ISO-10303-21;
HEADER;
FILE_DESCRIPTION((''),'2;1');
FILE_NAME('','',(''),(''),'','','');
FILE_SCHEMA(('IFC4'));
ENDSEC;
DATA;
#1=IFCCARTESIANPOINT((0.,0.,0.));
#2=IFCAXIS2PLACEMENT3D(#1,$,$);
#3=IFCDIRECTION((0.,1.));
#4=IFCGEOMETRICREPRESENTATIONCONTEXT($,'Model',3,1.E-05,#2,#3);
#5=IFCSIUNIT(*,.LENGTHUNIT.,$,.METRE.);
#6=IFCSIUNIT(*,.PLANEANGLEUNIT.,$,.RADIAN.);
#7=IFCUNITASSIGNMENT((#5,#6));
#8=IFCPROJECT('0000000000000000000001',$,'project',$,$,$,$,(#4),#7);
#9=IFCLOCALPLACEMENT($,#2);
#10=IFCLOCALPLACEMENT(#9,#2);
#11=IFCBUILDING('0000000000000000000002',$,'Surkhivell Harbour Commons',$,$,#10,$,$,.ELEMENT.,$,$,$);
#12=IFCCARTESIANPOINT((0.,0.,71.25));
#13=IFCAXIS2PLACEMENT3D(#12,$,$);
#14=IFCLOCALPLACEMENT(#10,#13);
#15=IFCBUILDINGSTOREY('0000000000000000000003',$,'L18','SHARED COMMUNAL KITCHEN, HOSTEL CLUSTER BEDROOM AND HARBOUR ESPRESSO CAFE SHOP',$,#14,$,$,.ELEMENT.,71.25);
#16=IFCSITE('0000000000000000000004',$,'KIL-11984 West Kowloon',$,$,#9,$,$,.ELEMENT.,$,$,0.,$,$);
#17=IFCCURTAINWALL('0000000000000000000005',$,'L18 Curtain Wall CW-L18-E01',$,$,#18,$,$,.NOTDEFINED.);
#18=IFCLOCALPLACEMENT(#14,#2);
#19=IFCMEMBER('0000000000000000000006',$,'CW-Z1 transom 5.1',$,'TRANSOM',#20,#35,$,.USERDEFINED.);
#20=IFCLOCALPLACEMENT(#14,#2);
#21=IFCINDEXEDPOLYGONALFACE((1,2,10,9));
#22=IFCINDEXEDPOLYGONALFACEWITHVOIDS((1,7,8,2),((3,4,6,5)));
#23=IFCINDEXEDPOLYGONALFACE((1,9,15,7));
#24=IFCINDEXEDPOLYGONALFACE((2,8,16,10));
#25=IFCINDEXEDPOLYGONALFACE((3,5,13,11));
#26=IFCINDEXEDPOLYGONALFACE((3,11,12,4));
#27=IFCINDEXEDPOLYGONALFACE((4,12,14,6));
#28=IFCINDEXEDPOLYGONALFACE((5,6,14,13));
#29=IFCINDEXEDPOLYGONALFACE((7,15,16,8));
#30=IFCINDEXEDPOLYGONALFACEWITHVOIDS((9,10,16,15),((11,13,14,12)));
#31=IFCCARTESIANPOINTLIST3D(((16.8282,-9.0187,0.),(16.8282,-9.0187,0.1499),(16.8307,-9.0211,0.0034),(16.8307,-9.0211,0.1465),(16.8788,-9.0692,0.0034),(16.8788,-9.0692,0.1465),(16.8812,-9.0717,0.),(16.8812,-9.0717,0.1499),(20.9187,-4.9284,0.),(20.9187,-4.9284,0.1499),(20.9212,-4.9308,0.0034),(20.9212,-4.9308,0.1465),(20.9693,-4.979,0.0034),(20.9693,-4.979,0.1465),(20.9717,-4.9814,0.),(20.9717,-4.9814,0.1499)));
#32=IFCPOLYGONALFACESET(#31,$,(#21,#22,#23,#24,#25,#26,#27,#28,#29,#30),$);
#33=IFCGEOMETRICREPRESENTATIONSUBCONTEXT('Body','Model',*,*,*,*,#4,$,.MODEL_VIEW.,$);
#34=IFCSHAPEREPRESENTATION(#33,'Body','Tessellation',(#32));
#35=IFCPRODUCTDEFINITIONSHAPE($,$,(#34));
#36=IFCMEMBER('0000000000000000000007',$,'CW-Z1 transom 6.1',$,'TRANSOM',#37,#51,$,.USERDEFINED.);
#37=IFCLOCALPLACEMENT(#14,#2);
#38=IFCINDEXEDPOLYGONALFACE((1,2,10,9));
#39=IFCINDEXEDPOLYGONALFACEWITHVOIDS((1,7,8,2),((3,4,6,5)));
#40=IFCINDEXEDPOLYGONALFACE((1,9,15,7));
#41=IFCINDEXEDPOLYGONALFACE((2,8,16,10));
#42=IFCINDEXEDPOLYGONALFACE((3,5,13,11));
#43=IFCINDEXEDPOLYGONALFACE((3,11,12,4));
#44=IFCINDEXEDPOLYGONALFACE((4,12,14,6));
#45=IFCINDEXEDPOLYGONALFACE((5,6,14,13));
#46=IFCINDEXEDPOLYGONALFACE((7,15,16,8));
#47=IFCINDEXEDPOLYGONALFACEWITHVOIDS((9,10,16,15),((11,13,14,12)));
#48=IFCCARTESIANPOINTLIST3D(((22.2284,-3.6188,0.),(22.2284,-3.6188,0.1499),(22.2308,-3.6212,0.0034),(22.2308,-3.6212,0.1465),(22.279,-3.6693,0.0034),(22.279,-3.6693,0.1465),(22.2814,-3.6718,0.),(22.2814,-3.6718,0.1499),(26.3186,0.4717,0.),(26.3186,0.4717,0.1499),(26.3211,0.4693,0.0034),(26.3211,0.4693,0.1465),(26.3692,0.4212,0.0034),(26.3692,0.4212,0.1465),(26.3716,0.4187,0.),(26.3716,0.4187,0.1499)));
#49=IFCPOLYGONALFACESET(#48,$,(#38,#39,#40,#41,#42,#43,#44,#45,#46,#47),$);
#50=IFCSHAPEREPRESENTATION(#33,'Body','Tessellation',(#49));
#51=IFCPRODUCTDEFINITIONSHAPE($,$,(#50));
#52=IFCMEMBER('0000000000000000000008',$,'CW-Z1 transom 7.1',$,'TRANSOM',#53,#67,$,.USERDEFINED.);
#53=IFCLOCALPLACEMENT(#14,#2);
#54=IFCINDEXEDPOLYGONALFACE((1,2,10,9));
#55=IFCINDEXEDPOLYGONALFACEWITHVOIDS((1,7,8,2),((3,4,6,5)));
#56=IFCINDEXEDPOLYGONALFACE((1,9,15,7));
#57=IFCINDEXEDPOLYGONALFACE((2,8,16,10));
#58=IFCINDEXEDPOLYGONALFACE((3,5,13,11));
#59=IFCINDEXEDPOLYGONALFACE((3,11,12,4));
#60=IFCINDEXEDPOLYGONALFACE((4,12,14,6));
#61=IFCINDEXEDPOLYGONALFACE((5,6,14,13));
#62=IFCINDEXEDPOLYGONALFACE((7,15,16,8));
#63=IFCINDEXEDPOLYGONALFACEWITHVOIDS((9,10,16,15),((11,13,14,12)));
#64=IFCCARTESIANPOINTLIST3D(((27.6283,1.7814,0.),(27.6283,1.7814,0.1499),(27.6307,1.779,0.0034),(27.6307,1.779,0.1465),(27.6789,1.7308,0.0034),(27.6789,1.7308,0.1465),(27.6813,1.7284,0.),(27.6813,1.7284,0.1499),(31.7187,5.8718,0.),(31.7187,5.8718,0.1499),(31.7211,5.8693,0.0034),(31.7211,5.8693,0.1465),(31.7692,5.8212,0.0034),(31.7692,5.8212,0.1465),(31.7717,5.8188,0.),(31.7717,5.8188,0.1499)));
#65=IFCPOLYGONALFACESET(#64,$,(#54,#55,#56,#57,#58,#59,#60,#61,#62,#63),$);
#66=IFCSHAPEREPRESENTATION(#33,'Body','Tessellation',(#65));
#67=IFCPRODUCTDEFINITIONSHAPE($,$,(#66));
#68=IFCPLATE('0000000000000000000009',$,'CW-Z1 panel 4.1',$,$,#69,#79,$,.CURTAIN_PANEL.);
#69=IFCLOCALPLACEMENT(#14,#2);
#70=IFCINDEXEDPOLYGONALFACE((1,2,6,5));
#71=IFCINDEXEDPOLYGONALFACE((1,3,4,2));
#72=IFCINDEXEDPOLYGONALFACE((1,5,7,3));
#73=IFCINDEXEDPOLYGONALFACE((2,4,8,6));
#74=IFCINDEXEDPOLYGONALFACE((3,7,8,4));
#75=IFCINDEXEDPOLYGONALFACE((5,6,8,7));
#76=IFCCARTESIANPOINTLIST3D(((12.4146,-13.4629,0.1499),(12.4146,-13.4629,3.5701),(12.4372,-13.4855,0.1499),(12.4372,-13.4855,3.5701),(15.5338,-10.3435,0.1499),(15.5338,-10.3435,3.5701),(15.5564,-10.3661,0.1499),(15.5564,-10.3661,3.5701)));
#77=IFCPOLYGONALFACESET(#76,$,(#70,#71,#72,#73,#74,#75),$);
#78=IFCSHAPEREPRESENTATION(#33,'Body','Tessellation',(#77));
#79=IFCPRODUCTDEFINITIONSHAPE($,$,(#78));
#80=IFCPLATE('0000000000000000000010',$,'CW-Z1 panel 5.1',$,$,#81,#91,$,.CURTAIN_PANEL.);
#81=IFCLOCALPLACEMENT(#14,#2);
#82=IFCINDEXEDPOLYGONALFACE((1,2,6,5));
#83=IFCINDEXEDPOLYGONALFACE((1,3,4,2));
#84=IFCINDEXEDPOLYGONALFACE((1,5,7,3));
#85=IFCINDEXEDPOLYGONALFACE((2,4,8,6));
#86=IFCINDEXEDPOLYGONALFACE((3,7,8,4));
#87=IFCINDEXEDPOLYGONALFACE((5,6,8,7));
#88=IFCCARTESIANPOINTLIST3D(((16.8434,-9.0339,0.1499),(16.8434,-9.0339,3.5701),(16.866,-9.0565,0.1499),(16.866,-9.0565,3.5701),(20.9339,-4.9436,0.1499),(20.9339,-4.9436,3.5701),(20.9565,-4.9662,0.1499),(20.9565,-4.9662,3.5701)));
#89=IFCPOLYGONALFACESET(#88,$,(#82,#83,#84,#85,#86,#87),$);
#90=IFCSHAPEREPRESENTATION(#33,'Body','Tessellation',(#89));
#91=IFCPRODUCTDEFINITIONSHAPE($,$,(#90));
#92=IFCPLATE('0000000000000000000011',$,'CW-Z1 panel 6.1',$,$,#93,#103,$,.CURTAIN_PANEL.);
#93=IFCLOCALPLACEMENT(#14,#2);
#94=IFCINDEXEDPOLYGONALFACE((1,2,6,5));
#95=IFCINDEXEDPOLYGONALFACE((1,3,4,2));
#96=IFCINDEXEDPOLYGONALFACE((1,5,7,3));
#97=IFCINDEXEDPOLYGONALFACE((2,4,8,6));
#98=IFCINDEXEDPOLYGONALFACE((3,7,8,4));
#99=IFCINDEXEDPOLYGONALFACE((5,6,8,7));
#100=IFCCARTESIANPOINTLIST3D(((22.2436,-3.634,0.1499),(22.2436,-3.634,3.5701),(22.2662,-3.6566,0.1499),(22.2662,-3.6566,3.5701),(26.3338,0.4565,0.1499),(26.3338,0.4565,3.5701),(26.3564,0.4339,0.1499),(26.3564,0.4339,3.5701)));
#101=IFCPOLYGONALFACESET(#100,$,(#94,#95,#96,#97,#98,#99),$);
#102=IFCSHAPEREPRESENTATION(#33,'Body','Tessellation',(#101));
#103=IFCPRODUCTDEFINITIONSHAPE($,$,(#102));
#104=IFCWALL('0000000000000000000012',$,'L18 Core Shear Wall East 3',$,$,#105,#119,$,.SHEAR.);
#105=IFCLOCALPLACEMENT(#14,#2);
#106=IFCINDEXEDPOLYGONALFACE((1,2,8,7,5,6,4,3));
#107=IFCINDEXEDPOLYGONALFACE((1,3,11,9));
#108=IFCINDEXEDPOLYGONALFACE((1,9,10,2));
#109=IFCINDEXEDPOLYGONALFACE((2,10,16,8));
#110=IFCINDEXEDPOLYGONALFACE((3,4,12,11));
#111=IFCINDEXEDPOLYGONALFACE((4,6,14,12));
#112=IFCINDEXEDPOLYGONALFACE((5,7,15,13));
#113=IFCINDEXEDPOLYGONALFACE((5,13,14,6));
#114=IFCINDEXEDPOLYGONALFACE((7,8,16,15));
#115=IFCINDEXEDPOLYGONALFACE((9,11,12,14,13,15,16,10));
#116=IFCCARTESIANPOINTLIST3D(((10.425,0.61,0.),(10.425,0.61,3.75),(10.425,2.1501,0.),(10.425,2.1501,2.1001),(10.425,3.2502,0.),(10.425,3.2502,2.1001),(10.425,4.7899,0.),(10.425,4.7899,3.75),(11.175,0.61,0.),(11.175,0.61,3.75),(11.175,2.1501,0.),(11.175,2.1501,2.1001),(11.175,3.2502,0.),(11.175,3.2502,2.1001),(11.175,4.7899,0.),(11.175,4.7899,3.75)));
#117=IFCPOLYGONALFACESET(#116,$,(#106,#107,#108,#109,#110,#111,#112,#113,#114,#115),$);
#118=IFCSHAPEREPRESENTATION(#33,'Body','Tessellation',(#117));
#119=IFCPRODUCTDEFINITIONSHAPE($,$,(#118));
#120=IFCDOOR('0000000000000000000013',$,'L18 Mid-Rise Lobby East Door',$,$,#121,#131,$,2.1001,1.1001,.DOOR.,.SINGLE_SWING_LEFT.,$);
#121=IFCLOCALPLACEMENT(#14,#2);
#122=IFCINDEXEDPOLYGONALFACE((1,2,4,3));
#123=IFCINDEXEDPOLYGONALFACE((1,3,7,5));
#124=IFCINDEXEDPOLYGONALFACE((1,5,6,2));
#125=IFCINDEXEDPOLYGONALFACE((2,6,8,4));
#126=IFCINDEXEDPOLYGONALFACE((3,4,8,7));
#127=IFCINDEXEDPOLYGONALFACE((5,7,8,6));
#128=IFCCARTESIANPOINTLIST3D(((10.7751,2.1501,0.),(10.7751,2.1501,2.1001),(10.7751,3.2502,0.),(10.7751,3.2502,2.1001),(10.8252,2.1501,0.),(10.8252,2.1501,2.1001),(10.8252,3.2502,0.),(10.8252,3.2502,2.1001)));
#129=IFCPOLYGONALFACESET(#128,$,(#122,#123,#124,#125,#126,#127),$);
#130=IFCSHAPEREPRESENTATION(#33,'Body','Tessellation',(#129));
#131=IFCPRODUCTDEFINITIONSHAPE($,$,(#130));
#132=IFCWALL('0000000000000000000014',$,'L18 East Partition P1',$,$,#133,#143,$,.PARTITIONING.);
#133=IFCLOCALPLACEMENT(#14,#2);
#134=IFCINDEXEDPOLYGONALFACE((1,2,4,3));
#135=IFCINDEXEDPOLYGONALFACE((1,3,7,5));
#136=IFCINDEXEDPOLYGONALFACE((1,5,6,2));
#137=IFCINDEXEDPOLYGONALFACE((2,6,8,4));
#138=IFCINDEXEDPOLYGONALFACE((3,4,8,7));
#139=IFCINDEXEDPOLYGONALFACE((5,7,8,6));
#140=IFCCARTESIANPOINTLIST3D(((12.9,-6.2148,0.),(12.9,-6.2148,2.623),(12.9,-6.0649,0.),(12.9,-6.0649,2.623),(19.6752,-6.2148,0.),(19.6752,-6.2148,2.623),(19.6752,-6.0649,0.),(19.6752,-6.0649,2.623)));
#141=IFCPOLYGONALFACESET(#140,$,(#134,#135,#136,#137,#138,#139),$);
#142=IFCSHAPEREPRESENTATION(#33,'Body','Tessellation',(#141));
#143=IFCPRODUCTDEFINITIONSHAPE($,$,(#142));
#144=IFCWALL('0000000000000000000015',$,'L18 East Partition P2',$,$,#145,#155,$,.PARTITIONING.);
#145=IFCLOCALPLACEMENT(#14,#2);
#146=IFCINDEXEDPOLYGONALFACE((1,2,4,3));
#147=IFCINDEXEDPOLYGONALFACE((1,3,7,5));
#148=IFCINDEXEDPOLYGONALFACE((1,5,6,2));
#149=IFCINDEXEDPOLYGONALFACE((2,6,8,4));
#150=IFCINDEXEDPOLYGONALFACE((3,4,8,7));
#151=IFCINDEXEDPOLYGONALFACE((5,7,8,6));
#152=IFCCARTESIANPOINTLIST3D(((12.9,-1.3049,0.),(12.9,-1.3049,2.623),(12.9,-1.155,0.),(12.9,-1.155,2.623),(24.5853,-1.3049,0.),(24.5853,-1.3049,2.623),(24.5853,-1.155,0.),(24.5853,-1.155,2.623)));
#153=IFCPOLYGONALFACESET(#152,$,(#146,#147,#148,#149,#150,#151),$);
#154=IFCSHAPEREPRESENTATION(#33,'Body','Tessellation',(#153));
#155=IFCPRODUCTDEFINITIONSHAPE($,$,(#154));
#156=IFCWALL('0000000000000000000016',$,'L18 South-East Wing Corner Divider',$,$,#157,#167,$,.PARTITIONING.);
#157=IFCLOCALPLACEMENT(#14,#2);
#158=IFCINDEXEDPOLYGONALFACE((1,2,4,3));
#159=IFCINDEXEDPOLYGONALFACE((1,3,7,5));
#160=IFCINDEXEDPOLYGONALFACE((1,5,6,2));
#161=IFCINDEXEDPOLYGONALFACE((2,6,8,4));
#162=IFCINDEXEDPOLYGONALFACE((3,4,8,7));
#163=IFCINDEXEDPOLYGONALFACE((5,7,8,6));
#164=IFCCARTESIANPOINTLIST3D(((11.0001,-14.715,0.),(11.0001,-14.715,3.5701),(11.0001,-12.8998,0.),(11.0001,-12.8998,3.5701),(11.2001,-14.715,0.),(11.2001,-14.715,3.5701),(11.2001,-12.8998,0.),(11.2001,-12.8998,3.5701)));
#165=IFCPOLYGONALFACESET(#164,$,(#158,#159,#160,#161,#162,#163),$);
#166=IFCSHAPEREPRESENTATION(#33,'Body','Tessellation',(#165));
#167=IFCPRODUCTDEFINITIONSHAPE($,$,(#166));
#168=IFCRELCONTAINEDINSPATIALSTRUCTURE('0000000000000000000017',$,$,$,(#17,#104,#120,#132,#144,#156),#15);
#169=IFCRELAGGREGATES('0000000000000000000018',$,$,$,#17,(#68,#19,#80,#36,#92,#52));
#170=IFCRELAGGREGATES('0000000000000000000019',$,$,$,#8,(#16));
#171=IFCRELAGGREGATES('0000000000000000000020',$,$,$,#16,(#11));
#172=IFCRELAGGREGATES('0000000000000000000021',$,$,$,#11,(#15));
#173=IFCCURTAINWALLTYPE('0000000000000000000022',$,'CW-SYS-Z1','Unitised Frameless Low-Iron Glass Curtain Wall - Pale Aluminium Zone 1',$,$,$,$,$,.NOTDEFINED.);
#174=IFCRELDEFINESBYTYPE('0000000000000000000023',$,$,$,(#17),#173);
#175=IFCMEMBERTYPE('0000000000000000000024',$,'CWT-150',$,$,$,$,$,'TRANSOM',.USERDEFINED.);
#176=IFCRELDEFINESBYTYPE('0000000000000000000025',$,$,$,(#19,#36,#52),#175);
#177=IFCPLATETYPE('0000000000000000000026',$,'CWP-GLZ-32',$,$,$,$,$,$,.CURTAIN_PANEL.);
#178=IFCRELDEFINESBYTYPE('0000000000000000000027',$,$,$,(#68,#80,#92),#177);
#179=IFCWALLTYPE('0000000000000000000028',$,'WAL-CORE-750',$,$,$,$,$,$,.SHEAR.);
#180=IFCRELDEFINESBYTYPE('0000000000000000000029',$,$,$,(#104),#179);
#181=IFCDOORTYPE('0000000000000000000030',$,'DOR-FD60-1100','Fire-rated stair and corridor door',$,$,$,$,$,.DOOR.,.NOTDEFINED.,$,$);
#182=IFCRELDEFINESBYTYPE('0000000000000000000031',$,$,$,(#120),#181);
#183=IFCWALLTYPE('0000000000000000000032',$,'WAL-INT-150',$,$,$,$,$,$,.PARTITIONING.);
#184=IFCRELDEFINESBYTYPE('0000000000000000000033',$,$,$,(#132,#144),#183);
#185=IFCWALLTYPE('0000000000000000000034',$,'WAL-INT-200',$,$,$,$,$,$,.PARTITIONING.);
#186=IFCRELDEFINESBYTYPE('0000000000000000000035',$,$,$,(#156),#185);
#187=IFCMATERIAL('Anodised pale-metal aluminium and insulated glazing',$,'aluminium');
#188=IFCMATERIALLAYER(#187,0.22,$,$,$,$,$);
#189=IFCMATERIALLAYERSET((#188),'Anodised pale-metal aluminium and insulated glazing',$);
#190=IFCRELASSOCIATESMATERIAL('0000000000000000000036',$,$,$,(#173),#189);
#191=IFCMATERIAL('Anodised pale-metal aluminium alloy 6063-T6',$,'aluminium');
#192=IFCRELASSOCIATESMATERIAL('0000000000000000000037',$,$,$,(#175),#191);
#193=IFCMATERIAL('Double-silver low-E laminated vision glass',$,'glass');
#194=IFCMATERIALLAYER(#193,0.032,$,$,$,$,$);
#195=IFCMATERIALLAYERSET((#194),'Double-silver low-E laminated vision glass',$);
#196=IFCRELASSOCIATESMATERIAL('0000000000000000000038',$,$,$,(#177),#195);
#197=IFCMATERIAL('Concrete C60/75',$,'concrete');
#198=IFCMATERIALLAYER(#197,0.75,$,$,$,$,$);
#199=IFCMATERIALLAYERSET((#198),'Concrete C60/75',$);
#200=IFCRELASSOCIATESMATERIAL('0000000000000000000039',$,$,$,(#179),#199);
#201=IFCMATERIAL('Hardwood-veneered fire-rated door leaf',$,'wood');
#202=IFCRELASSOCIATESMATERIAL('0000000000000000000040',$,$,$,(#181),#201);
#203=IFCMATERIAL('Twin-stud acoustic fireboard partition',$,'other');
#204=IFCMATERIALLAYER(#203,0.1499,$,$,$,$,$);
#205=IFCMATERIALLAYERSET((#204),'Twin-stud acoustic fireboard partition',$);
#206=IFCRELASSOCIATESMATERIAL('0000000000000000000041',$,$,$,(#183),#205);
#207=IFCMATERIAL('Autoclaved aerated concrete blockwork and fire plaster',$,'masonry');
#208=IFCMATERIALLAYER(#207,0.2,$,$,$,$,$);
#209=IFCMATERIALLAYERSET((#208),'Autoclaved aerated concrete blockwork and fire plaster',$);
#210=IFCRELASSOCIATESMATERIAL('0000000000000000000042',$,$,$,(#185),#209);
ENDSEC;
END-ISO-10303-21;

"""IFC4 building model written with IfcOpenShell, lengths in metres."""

from ifc_helpers import new_model, si_unit, direction, frame, frame_2d, origin, origin_2d, place, context, subcontext, project, spatial, rectangle, hollow_rectangle, extrude, material, layer, layer_set, material_profile, profile_set, type_object, element, fill, aggregate, save


model = new_model("IFC4")

# Units and contexts
model_context = context("Model", 3, precision=1e-05, world=origin(), true_north=direction((0.0, 1.0)))
body_context = subcontext(model_context, "Body", "Model", "MODEL_VIEW")
ifc_project = project(units=[si_unit("LENGTHUNIT", "METRE"), si_unit("PLANEANGLEUNIT", "RADIAN")], contexts=[model_context])

# Site, building, storey
site_placement = place(None, origin())
site = spatial("IfcSite", under=ifc_project, at=site_placement, Name="KIL-11984 West Kowloon", CompositionType="ELEMENT", RefElevation=0.0)
building_placement = place(site_placement, origin())
building = spatial("IfcBuilding", under=site, at=building_placement, Name="Surkhivell Harbour Commons", CompositionType="ELEMENT")
storey_placement = place(building_placement, frame((0.0, 0.0, 71.25)))
storey = spatial("IfcBuildingStorey", under=building, at=storey_placement, Name="L18", Description="SHARED COMMUNAL KITCHEN, HOSTEL CLUSTER BEDROOM AND HARBOUR ESPRESSO CAFE SHOP", CompositionType="ELEMENT", Elevation=71.25)

# Curtain wall, members, plates
ifc_material_1 = material(Name="Anodised pale-metal aluminium and insulated glazing", Category="aluminium")
ifc_layer_1 = layer(ifc_material_1, 0.22)
ifc_layer_set_1 = layer_set([ifc_layer_1], Name="Anodised pale-metal aluminium and insulated glazing")
curtain_wall_type = type_object("IfcCurtainWallType", Name="CW-SYS-Z1", Description="Unitised Frameless Low-Iron Glass Curtain Wall - Pale Aluminium Zone 1", PredefinedType="NOTDEFINED", material=ifc_layer_set_1)
curtain_wall_placement = place(storey_placement, origin())
curtain_wall = element("IfcCurtainWall", 1, at=curtain_wall_placement, inside=storey, type_object=curtain_wall_type, Name="L18 Curtain Wall CW-L18-E01", PredefinedType="NOTDEFINED")
ifc_material_2 = material(Name="Anodised pale-metal aluminium alloy 6063-T6", Category="aluminium")
ifc_material_profile_1 = material_profile(ifc_material_2, hollow_rectangle(XDim=0.075, YDim=0.1499, WallThickness=0.0034, at=origin_2d()), Name="ALU-TRAN-75x150")
ifc_profile_set_1 = profile_set([ifc_material_profile_1], Name="Anodised pale-metal aluminium alloy 6063-T6")
member_type_1 = type_object("IfcMemberType", Name="CWT-150", ElementType="TRANSOM", PredefinedType="USERDEFINED", material=ifc_profile_set_1)
member_1_placement = place(storey_placement, frame((16.8547, -9.0452, 0.075), z_axis=(0.707128, 0.707086, 0.0), x_axis=(-0.707086, 0.707128, 0.0)))
member_1 = element("IfcMember", 2, at=member_1_placement, type_object=member_type_1, Name="CW-Z1 transom 5.1", ObjectType="TRANSOM", PredefinedType="USERDEFINED", context=body_context, shape_type="SweptSolid", body=[
    extrude(hollow_rectangle(XDim=0.075, YDim=0.1499, WallThickness=0.0034, at=origin_2d()), origin(), (0.0, 0.0, 1.0), 5.7847),
])
member_2_placement = place(storey_placement, frame((22.2549, -3.6453, 0.075), z_axis=(0.707086, 0.707128, 0.0), x_axis=(-0.707128, 0.707086, 0.0)))
member_2 = element("IfcMember", 3, at=member_2_placement, type_object=member_type_1, Name="CW-Z1 transom 6.1", ObjectType="TRANSOM", PredefinedType="USERDEFINED", context=body_context, shape_type="SweptSolid", body=[
    extrude(hollow_rectangle(XDim=0.075, YDim=0.1499, WallThickness=0.0034, at=origin_2d()), origin(), (0.0, 0.0, 1.0), 5.7847),
])
member_3_placement = place(storey_placement, frame((27.6548, 1.7549, 0.075), z_axis=(0.707107, 0.707107, 0.0), x_axis=(-0.707107, 0.707107, 0.0)))
member_3 = element("IfcMember", 4, at=member_3_placement, type_object=member_type_1, Name="CW-Z1 transom 7.1", ObjectType="TRANSOM", PredefinedType="USERDEFINED", context=body_context, shape_type="SweptSolid", body=[
    extrude(hollow_rectangle(XDim=0.075, YDim=0.1499, WallThickness=0.0034, at=origin_2d()), origin(), (0.0, 0.0, 1.0), 5.7847),
])
ifc_material_3 = material(Name="Double-silver low-E laminated vision glass", Category="glass")
ifc_layer_2 = layer(ifc_material_3, 0.032)
ifc_layer_set_2 = layer_set([ifc_layer_2], Name="Double-silver low-E laminated vision glass")
plate_type = type_object("IfcPlateType", Name="CWP-GLZ-32", PredefinedType="CURTAIN_PANEL", material=ifc_layer_set_2)
plate_1_placement = place(storey_placement, frame((12.426, -13.4741, 0.1499), z_axis=(0.0, 0.0, 1.0), x_axis=(0.707079, 0.707134, 0.0)))
plate_1 = element("IfcPlate", 5, at=plate_1_placement, type_object=plate_type, Name="CW-Z1 panel 4.1", PredefinedType="CURTAIN_PANEL", context=body_context, shape_type="SweptSolid", body=[
    extrude(rectangle(XDim=4.4114, YDim=0.032, at=frame_2d((2.2056, 0.0))), origin(), (0.0, 0.0, 1.0), 3.4202),
])
plate_2_placement = place(storey_placement, frame((16.8547, -9.0452, 0.1499), z_axis=(0.0, 0.0, 1.0), x_axis=(0.707128, 0.707086, 0.0)))
plate_2 = element("IfcPlate", 6, at=plate_2_placement, type_object=plate_type, Name="CW-Z1 panel 5.1", PredefinedType="CURTAIN_PANEL", context=body_context, shape_type="SweptSolid", body=[
    extrude(rectangle(XDim=5.7847, YDim=0.032, at=frame_2d((2.8923, 0.0))), origin(), (0.0, 0.0, 1.0), 3.4202),
])
plate_3_placement = place(storey_placement, frame((22.2549, -3.6453, 0.1499), z_axis=(0.0, 0.0, 1.0), x_axis=(0.707086, 0.707128, 0.0)))
plate_3 = element("IfcPlate", 7, at=plate_3_placement, type_object=plate_type, Name="CW-Z1 panel 6.1", PredefinedType="CURTAIN_PANEL", context=body_context, shape_type="SweptSolid", body=[
    extrude(rectangle(XDim=5.7847, YDim=0.032, at=frame_2d((2.8923, 0.0))), origin(), (0.0, 0.0, 1.0), 3.4202),
])
aggregate(curtain_wall, [plate_1, member_1, plate_2, member_2, plate_3, member_3])

# Wall, opening, door
ifc_material_4 = material(Name="Concrete C60/75", Category="concrete")
ifc_layer_3 = layer(ifc_material_4, 0.75)
ifc_layer_set_3 = layer_set([ifc_layer_3], Name="Concrete C60/75")
wall_type_1 = type_object("IfcWallType", Name="WAL-CORE-750", PredefinedType="SHEAR", material=ifc_layer_set_3)
wall_1_placement = place(storey_placement, frame((10.8, 0.6101, 0.0), z_axis=(0.0, 0.0, 1.0), x_axis=(0.0, 1.0, 0.0)))
wall_1 = element("IfcWall", 8, at=wall_1_placement, inside=storey, type_object=wall_type_1, Name="L18 Core Shear Wall East 3", PredefinedType="SHEAR", context=body_context, shape_type="SweptSolid", body=[
    extrude(rectangle(XDim=4.1799, YDim=0.75, at=frame_2d((2.0898, 0.0))), origin(), (0.0, 0.0, 1.0), 3.75),
])
opening_1_placement = place(wall_1_placement, frame((1.54, 0.0, 0.0)))
opening_1 = element("IfcOpeningElement", 9, at=opening_1_placement, cuts=wall_1, PredefinedType="OPENING", context=body_context, shape_type="SweptSolid", body=[
    extrude(rectangle(XDim=1.1001, YDim=2.1001, at=frame_2d((0.55, 1.05))), frame((0.0, 0.385, 0.0), z_axis=(0.0, -1.0, 0.0), x_axis=(1.0, 0.0, 0.0)), (0.0, 0.0, 1.0), 0.77),
])
ifc_material_5 = material(Name="Hardwood-veneered fire-rated door leaf", Category="wood")
door_type_1 = type_object("IfcDoorType", Name="DOR-FD60-1100", Description="Fire-rated stair and corridor door", OperationType="NOTDEFINED", PredefinedType="DOOR", material=ifc_material_5)
door_1_placement = place(opening_1_placement, origin())
door_1 = element("IfcDoor", 10, at=door_1_placement, inside=storey, type_object=door_type_1, Name="L18 Mid-Rise Lobby East Door", OperationType="SINGLE_SWING_LEFT", OverallHeight=2.1001, OverallWidth=1.1001, PredefinedType="DOOR", context=body_context, shape_type="SweptSolid", body=[
    extrude(rectangle(XDim=1.1001, YDim=2.1001, at=frame_2d((0.55, 1.05))), frame((0.0, 0.0249, 0.0), z_axis=(0.0, -1.0, 0.0), x_axis=(1.0, 0.0, 0.0)), (0.0, 0.0, 1.0), 0.05),
])
fill(opening_1, door_1)

# Walls
ifc_material_6 = material(Name="Twin-stud acoustic fireboard partition", Category="other")
ifc_layer_4 = layer(ifc_material_6, 0.1499)
ifc_layer_set_4 = layer_set([ifc_layer_4], Name="Twin-stud acoustic fireboard partition")
wall_type_2 = type_object("IfcWallType", Name="WAL-INT-150", PredefinedType="PARTITIONING", material=ifc_layer_set_4)
wall_2_placement = place(storey_placement, frame((12.8999, -6.1399, 0.0), z_axis=(0.0, 0.0, 1.0), x_axis=(1.0, 0.0, 0.0)))
element("IfcWall", 11, at=wall_2_placement, inside=storey, type_object=wall_type_2, Name="L18 East Partition P1", PredefinedType="PARTITIONING", context=body_context, shape_type="SweptSolid", body=[
    extrude(rectangle(XDim=6.7751, YDim=0.1499, at=frame_2d((3.3877, 0.0))), origin(), (0.0, 0.0, 1.0), 2.623),
])
wall_3_placement = place(storey_placement, frame((12.8999, -1.23, 0.0), z_axis=(0.0, 0.0, 1.0), x_axis=(1.0, 0.0, 0.0)))
element("IfcWall", 12, at=wall_3_placement, inside=storey, type_object=wall_type_2, Name="L18 East Partition P2", PredefinedType="PARTITIONING", context=body_context, shape_type="SweptSolid", body=[
    extrude(rectangle(XDim=11.6853, YDim=0.1499, at=frame_2d((5.8428, 0.0))), origin(), (0.0, 0.0, 1.0), 2.623),
])
ifc_material_7 = material(Name="Autoclaved aerated concrete blockwork and fire plaster", Category="masonry")
ifc_layer_5 = layer(ifc_material_7, 0.2)
ifc_layer_set_5 = layer_set([ifc_layer_5], Name="Autoclaved aerated concrete blockwork and fire plaster")
wall_type_3 = type_object("IfcWallType", Name="WAL-INT-200", PredefinedType="PARTITIONING", material=ifc_layer_set_5)
wall_4_placement = place(storey_placement, frame((11.1001, -14.7151, 0.0), z_axis=(0.0, 0.0, 1.0), x_axis=(0.0, 1.0, 0.0)))
element("IfcWall", 13, at=wall_4_placement, inside=storey, type_object=wall_type_3, Name="L18 South-East Wing Corner Divider", PredefinedType="PARTITIONING", context=body_context, shape_type="SweptSolid", body=[
    extrude(rectangle(XDim=1.8152, YDim=0.2, at=frame_2d((0.9077, 0.0))), origin(), (0.0, 0.0, 1.0), 3.5701),
])

save(model, "model.ifc")
